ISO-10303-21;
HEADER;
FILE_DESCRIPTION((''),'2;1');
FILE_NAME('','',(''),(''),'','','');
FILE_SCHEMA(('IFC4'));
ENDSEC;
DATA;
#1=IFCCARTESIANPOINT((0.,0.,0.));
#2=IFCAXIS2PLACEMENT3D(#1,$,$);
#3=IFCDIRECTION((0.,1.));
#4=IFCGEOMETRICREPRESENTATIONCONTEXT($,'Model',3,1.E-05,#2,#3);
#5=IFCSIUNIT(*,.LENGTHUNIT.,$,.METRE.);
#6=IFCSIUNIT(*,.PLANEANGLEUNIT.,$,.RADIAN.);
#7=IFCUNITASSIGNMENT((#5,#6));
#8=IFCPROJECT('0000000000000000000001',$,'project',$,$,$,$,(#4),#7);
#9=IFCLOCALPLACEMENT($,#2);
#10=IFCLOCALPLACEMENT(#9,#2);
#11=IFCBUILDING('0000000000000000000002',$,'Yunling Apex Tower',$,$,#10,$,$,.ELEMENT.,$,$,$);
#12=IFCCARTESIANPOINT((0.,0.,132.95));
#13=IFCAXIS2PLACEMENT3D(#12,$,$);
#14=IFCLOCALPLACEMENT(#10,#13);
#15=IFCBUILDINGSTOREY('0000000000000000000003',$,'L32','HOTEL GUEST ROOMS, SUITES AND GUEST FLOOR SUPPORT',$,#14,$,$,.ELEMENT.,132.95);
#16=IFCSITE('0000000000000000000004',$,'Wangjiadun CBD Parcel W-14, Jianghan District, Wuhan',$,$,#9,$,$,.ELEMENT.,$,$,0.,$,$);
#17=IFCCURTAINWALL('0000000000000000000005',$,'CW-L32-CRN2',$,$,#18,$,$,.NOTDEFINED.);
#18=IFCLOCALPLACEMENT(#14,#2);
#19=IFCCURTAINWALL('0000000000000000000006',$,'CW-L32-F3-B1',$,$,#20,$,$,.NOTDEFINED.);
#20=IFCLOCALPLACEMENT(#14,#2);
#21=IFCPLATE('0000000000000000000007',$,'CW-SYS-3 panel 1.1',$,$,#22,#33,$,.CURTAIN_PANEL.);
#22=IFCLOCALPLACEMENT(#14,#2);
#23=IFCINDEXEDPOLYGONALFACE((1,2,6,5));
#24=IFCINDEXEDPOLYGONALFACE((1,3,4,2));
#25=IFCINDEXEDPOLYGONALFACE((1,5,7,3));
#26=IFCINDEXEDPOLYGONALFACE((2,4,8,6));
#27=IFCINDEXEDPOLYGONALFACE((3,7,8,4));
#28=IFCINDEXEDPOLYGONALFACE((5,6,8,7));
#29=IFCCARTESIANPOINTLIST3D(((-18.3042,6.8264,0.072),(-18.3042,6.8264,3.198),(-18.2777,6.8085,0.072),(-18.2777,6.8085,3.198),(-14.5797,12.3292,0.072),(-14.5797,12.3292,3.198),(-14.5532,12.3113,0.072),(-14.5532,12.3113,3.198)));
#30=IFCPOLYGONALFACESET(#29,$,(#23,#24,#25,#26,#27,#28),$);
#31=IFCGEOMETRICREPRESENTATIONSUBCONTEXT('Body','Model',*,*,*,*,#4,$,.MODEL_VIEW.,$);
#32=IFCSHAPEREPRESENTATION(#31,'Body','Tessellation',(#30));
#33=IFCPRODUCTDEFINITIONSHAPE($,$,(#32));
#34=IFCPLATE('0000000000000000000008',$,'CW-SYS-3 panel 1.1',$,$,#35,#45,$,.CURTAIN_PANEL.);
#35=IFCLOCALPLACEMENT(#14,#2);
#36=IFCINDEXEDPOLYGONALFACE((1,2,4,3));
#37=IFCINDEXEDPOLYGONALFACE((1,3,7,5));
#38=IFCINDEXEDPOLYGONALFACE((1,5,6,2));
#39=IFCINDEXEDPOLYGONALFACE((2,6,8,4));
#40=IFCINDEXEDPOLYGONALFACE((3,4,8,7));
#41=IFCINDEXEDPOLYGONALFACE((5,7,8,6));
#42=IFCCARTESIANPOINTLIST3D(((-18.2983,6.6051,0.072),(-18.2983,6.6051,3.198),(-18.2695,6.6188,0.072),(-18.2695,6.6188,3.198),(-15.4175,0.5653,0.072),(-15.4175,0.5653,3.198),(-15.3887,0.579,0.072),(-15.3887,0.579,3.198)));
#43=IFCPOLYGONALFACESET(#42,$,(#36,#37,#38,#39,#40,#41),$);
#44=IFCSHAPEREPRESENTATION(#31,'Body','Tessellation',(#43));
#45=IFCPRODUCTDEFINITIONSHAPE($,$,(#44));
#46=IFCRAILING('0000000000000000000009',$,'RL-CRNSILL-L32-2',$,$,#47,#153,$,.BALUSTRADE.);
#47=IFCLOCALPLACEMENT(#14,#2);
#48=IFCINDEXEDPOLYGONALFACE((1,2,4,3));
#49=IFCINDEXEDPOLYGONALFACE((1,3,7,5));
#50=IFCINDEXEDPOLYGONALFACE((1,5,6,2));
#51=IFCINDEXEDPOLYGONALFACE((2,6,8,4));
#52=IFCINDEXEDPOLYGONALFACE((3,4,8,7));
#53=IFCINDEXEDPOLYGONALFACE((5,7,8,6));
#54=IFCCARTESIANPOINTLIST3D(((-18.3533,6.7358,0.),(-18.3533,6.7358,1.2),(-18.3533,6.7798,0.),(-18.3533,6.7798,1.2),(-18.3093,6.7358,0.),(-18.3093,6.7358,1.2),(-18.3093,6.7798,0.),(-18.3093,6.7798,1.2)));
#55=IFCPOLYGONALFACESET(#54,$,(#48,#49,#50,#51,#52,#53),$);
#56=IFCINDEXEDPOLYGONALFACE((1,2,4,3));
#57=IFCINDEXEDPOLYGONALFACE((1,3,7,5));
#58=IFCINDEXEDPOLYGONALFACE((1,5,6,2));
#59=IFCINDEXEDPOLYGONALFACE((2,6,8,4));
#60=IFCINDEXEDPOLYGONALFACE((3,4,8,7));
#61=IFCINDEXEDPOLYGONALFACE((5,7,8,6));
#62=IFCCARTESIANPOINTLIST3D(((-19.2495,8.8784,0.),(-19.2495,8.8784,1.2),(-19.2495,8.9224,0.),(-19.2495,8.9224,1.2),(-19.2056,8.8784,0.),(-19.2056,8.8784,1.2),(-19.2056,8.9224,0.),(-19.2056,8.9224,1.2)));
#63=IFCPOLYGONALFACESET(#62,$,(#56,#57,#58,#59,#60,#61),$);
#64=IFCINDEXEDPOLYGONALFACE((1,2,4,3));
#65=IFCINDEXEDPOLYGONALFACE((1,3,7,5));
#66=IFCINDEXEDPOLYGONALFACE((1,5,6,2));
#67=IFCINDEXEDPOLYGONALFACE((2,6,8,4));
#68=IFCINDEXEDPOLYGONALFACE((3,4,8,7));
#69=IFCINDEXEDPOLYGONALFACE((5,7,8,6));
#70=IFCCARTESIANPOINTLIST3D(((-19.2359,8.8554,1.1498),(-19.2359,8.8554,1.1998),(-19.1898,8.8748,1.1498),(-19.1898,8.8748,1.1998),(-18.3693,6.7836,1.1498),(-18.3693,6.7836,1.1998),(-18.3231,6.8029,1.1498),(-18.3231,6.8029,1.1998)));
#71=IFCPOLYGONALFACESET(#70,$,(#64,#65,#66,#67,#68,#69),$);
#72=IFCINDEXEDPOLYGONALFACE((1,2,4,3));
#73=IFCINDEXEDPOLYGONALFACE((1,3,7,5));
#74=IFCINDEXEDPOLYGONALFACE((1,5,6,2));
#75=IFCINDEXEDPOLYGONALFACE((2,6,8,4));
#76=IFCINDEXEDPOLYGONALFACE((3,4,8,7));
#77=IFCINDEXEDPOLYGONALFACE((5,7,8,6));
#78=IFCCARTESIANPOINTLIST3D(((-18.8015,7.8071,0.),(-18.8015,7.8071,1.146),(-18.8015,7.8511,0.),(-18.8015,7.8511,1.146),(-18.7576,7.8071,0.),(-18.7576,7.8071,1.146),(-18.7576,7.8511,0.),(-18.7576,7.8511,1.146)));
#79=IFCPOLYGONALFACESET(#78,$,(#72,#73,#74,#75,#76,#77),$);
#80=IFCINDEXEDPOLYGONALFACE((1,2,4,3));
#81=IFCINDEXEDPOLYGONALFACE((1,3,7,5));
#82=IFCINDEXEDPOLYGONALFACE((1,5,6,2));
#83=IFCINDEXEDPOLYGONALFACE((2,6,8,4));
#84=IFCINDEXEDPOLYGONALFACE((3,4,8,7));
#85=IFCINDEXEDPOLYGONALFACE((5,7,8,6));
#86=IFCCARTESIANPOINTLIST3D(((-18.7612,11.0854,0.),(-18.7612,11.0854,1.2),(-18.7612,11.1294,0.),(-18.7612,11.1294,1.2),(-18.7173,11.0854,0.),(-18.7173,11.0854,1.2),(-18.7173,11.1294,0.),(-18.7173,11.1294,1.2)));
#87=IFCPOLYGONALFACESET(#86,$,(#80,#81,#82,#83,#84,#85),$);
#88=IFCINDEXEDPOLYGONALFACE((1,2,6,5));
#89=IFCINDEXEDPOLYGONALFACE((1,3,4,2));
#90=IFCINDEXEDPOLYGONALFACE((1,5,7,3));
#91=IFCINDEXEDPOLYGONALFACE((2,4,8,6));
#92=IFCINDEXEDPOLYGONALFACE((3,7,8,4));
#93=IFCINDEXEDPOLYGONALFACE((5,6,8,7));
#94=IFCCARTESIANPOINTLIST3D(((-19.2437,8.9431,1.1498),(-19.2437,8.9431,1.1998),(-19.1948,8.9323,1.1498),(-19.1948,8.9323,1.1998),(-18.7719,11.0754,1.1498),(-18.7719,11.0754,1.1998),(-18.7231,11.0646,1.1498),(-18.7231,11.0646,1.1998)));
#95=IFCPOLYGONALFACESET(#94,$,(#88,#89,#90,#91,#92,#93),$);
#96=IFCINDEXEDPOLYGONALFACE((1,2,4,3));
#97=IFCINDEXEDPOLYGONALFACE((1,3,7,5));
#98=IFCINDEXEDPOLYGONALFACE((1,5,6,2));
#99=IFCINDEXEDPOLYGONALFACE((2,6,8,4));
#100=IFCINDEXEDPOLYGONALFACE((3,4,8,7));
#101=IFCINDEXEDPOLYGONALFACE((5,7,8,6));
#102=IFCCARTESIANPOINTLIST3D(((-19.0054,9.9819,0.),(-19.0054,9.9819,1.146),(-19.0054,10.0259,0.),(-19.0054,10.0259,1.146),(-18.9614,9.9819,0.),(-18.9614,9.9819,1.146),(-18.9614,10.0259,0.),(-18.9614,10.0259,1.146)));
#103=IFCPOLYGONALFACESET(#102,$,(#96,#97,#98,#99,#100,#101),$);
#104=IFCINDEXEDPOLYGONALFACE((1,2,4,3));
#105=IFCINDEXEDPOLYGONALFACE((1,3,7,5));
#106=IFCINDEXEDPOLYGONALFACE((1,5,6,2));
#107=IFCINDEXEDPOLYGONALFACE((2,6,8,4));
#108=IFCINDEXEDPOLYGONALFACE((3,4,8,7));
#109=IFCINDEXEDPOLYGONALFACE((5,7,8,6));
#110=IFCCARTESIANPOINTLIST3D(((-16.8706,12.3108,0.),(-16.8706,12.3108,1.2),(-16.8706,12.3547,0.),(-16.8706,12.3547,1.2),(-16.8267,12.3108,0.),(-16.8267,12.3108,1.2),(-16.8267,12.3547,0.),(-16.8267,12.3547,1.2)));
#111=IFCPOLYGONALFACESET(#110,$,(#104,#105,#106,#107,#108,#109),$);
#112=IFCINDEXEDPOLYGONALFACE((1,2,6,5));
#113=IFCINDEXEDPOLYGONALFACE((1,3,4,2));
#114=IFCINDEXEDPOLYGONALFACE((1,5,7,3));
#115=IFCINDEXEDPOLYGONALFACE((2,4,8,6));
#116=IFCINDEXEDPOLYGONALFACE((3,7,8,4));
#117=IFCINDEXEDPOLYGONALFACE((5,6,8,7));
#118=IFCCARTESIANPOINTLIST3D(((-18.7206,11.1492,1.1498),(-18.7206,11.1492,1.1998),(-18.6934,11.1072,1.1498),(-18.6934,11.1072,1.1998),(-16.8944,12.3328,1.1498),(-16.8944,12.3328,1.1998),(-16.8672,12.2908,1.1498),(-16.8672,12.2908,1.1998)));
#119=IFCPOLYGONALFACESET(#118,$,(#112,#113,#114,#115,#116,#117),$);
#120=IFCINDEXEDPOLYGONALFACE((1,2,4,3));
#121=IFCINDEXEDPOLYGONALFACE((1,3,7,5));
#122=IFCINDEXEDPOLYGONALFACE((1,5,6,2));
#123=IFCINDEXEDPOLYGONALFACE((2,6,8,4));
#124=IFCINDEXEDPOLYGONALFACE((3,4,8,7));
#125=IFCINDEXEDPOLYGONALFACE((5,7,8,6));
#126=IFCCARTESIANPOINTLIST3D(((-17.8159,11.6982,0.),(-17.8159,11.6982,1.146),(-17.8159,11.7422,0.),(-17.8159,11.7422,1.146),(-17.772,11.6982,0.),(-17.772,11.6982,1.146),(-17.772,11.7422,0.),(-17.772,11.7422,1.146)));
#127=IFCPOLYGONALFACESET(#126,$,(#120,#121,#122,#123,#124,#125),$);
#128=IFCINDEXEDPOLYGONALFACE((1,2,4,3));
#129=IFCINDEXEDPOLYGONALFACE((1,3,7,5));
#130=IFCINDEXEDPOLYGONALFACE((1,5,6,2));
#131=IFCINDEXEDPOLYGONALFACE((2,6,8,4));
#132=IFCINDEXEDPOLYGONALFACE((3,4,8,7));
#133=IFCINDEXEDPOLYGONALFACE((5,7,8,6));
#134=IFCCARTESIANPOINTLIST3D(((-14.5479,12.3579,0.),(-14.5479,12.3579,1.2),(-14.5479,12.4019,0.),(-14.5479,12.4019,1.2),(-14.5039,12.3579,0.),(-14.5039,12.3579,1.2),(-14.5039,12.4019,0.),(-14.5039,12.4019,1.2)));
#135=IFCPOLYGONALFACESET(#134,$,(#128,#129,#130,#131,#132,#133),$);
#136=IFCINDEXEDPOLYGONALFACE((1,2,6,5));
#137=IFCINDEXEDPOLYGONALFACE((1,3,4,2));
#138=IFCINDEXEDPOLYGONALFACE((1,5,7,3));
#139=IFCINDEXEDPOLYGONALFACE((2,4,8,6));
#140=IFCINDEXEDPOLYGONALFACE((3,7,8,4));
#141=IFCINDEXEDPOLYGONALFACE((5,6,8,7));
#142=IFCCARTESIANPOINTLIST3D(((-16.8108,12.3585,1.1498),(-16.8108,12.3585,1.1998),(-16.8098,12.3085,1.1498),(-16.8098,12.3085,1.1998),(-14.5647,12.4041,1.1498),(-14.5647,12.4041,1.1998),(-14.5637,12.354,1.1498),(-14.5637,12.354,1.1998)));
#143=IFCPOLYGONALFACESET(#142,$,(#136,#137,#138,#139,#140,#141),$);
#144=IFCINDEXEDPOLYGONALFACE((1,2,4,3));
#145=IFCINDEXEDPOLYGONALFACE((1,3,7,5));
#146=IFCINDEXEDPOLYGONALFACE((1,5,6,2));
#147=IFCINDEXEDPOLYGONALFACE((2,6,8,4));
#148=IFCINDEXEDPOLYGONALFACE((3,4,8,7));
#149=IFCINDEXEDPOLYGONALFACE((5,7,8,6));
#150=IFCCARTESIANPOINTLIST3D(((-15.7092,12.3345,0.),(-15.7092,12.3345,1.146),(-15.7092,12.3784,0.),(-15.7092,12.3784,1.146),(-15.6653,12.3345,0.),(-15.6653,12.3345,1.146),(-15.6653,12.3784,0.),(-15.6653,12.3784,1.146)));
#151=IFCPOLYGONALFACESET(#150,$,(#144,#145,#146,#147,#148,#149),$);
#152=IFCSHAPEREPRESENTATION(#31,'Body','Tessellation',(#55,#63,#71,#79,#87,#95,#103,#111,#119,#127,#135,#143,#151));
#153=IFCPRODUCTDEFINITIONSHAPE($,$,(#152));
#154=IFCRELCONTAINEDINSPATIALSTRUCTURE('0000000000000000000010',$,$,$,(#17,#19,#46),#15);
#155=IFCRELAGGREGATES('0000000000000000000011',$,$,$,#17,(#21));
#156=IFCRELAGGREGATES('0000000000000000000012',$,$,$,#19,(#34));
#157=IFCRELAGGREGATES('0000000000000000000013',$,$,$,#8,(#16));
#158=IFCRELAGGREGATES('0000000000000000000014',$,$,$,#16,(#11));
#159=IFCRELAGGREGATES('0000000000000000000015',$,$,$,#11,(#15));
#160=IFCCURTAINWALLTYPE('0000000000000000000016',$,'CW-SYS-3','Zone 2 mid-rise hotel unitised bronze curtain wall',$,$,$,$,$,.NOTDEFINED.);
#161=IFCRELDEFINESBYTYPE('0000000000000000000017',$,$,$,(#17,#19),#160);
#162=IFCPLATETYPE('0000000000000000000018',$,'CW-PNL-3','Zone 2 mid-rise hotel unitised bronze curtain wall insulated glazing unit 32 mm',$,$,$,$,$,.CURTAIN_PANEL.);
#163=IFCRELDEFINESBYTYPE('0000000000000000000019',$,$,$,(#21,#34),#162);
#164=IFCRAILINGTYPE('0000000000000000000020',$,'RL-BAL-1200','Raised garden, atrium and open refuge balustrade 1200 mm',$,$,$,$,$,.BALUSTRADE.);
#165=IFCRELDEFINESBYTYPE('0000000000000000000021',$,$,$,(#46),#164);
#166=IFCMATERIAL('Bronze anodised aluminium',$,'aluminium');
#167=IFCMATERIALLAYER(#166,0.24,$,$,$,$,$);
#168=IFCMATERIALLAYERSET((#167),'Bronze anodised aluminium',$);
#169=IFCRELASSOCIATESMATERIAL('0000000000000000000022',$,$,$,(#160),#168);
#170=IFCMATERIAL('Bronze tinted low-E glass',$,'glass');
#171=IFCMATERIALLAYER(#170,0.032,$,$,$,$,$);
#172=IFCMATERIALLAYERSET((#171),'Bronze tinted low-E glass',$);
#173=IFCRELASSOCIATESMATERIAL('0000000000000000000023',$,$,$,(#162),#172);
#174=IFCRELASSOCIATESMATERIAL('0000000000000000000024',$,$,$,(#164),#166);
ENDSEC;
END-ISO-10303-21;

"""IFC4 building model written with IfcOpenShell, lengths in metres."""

from ifc_helpers import new_model, si_unit, direction, frame, origin, origin_2d, place, context, subcontext, project, spatial, rectangle, extrude, source, transform, mapped, material, layer, layer_set, type_object, element, aggregate, save


model = new_model("IFC4")

# Units and contexts
model_context = context("Model", 3, precision=1e-05, world=origin(), true_north=direction((0.0, 1.0)))
body_context = subcontext(model_context, "Body", "Model", "MODEL_VIEW")
ifc_project = project(units=[si_unit("LENGTHUNIT", "METRE"), si_unit("PLANEANGLEUNIT", "RADIAN")], contexts=[model_context])

# Site, building, storey
site_placement = place(None, origin())
site = spatial("IfcSite", under=ifc_project, at=site_placement, Name="Wangjiadun CBD Parcel W-14, Jianghan District, Wuhan", CompositionType="ELEMENT", RefElevation=0.0)
building_placement = place(site_placement, origin())
building = spatial("IfcBuilding", under=site, at=building_placement, Name="Yunling Apex Tower", CompositionType="ELEMENT")
storey_placement = place(building_placement, frame((0.0, 0.0, 132.95)))
storey = spatial("IfcBuildingStorey", under=building, at=storey_placement, Name="L32", Description="HOTEL GUEST ROOMS, SUITES AND GUEST FLOOR SUPPORT", CompositionType="ELEMENT", Elevation=132.95)

# Shared definitions
ifc_material_1 = material(Name="Bronze anodised aluminium", Category="aluminium")
ifc_layer_1 = layer(ifc_material_1, 0.24)
ifc_layer_set_1 = layer_set([ifc_layer_1], Name="Bronze anodised aluminium")
curtain_wall_type = type_object("IfcCurtainWallType", Name="CW-SYS-3", Description="Zone 2 mid-rise hotel unitised bronze curtain wall", PredefinedType="NOTDEFINED", material=ifc_layer_set_1)

# Curtain walls
curtain_wall_1_placement = place(storey_placement, origin())
curtain_wall_1 = element("IfcCurtainWall", 1, at=curtain_wall_1_placement, inside=storey, type_object=curtain_wall_type, Name="CW-L32-CRN2", PredefinedType="NOTDEFINED")
curtain_wall_2_placement = place(storey_placement, origin())
curtain_wall_2 = element("IfcCurtainWall", 2, at=curtain_wall_2_placement, inside=storey, type_object=curtain_wall_type, Name="CW-L32-F3-B1", PredefinedType="NOTDEFINED")

# Plates
ifc_material_2 = material(Name="Bronze tinted low-E glass", Category="glass")
ifc_layer_2 = layer(ifc_material_2, 0.032)
ifc_layer_set_2 = layer_set([ifc_layer_2], Name="Bronze tinted low-E glass")
plate_type = type_object("IfcPlateType", Name="CW-PNL-3", Description="Zone 2 mid-rise hotel unitised bronze curtain wall insulated glazing unit 32 mm", PredefinedType="CURTAIN_PANEL", material=ifc_layer_set_2)
shared_shape_1 = source(origin(), body_context, "Body", "SweptSolid", [
    extrude(rectangle(XDim=6.6448, YDim=0.032, at=origin_2d()), origin(), (0.0, 0.0, 1.0), 3.126),
])
plate_1_placement = place(storey_placement, frame((-16.4287, 9.5688, 0.072), z_axis=(0.0, 0.0, 1.0), x_axis=(-0.560523, -0.828139, 0.0)))
plate_1 = element("IfcPlate", 3, at=plate_1_placement, type_object=plate_type, Name="CW-SYS-3 panel 1.1", PredefinedType="CURTAIN_PANEL", context=body_context, shape_type="MappedRepresentation", body=[
    mapped(shared_shape_1, transform((0.0, 0.0, 0.0), scale=1.0)),
])
aggregate(curtain_wall_1, [plate_1])
shared_shape_2 = source(origin(), body_context, "Body", "SweptSolid", [
    extrude(rectangle(XDim=6.6917, YDim=0.032, at=origin_2d()), origin(), (0.0, 0.0, 1.0), 3.126),
])
plate_2_placement = place(storey_placement, frame((-16.8435, 3.592, 0.072), z_axis=(0.0, 0.0, 1.0), x_axis=(0.430506, -0.902588, 0.0)))
plate_2 = element("IfcPlate", 4, at=plate_2_placement, type_object=plate_type, Name="CW-SYS-3 panel 1.1", PredefinedType="CURTAIN_PANEL", context=body_context, shape_type="MappedRepresentation", body=[
    mapped(shared_shape_2, transform((0.0, 0.0, 0.0), scale=1.0)),
])
aggregate(curtain_wall_2, [plate_2])

# Railing
railing_type = type_object("IfcRailingType", Name="RL-BAL-1200", Description="Raised garden, atrium and open refuge balustrade 1200 mm", PredefinedType="BALUSTRADE", material=ifc_material_1)
railing_placement = place(storey_placement, frame((-18.3313, 6.7578, 0.0)))
element("IfcRailing", 5, at=railing_placement, inside=storey, type_object=railing_type, Name="RL-CRNSILL-L32-2", PredefinedType="BALUSTRADE", context=body_context, shape_type="SweptSolid", body=[
    extrude(rectangle(XDim=0.0439, YDim=0.0439, at=origin_2d()), origin(), (0.0, 0.0, 1.0), 1.2),
    extrude(rectangle(XDim=0.0439, YDim=0.0439, at=origin_2d()), frame((-0.8962, 2.1426, 0.0)), (0.0, 0.0, 1.0), 1.2),
    extrude(rectangle(XDim=0.05, YDim=0.05, at=origin_2d()), frame((-0.0149, 0.0354, 1.1748), z_axis=(-0.385899, 0.922541, 0.0), x_axis=(-0.922541, -0.385899, 0.0)), (0.0, 0.0, 1.0), 2.2458),
    extrude(rectangle(XDim=0.0439, YDim=0.0439, at=origin_2d()), frame((-0.4482, 1.0713, 0.0)), (0.0, 0.0, 1.0), 1.146),
    extrude(rectangle(XDim=0.0439, YDim=0.0439, at=origin_2d()), frame((-0.408, 4.3496, 0.0)), (0.0, 0.0, 1.0), 1.2),
    extrude(rectangle(XDim=0.05, YDim=0.05, at=origin_2d()), frame((-0.8879, 2.1799, 1.1748), z_axis=(0.216015, 0.97639, 0.0), x_axis=(-0.97639, 0.216015, 0.0)), (0.0, 0.0, 1.0), 2.1838),
    extrude(rectangle(XDim=0.0439, YDim=0.0439, at=origin_2d()), frame((-0.6521, 3.2461, 0.0)), (0.0, 0.0, 1.0), 1.146),
    extrude(rectangle(XDim=0.0439, YDim=0.0439, at=origin_2d()), frame((1.4827, 5.575, 0.0)), (0.0, 0.0, 1.0), 1.2),
    extrude(rectangle(XDim=0.05, YDim=0.05, at=origin_2d()), frame((-0.3757, 4.3704, 1.1748), z_axis=(0.839166, 0.543876, 0.0), x_axis=(-0.543876, 0.839166, 0.0)), (0.0, 0.0, 1.0), 2.1763),
    extrude(rectangle(XDim=0.0439, YDim=0.0439, at=origin_2d()), frame((0.5374, 4.9624, 0.0)), (0.0, 0.0, 1.0), 1.146),
    extrude(rectangle(XDim=0.0439, YDim=0.0439, at=origin_2d()), frame((3.8054, 5.6221, 0.0)), (0.0, 0.0, 1.0), 1.2),
    extrude(rectangle(XDim=0.05, YDim=0.05, at=origin_2d()), frame((1.521, 5.5757, 1.1748), z_axis=(0.999794, 0.020282, 0.0), x_axis=(-0.020282, 0.999794, 0.0)), (0.0, 0.0, 1.0), 2.2466),
    extrude(rectangle(XDim=0.0439, YDim=0.0439, at=origin_2d()), frame((2.644, 5.5986, 0.0)), (0.0, 0.0, 1.0), 1.146),
])

save(model, "model.ifc")
